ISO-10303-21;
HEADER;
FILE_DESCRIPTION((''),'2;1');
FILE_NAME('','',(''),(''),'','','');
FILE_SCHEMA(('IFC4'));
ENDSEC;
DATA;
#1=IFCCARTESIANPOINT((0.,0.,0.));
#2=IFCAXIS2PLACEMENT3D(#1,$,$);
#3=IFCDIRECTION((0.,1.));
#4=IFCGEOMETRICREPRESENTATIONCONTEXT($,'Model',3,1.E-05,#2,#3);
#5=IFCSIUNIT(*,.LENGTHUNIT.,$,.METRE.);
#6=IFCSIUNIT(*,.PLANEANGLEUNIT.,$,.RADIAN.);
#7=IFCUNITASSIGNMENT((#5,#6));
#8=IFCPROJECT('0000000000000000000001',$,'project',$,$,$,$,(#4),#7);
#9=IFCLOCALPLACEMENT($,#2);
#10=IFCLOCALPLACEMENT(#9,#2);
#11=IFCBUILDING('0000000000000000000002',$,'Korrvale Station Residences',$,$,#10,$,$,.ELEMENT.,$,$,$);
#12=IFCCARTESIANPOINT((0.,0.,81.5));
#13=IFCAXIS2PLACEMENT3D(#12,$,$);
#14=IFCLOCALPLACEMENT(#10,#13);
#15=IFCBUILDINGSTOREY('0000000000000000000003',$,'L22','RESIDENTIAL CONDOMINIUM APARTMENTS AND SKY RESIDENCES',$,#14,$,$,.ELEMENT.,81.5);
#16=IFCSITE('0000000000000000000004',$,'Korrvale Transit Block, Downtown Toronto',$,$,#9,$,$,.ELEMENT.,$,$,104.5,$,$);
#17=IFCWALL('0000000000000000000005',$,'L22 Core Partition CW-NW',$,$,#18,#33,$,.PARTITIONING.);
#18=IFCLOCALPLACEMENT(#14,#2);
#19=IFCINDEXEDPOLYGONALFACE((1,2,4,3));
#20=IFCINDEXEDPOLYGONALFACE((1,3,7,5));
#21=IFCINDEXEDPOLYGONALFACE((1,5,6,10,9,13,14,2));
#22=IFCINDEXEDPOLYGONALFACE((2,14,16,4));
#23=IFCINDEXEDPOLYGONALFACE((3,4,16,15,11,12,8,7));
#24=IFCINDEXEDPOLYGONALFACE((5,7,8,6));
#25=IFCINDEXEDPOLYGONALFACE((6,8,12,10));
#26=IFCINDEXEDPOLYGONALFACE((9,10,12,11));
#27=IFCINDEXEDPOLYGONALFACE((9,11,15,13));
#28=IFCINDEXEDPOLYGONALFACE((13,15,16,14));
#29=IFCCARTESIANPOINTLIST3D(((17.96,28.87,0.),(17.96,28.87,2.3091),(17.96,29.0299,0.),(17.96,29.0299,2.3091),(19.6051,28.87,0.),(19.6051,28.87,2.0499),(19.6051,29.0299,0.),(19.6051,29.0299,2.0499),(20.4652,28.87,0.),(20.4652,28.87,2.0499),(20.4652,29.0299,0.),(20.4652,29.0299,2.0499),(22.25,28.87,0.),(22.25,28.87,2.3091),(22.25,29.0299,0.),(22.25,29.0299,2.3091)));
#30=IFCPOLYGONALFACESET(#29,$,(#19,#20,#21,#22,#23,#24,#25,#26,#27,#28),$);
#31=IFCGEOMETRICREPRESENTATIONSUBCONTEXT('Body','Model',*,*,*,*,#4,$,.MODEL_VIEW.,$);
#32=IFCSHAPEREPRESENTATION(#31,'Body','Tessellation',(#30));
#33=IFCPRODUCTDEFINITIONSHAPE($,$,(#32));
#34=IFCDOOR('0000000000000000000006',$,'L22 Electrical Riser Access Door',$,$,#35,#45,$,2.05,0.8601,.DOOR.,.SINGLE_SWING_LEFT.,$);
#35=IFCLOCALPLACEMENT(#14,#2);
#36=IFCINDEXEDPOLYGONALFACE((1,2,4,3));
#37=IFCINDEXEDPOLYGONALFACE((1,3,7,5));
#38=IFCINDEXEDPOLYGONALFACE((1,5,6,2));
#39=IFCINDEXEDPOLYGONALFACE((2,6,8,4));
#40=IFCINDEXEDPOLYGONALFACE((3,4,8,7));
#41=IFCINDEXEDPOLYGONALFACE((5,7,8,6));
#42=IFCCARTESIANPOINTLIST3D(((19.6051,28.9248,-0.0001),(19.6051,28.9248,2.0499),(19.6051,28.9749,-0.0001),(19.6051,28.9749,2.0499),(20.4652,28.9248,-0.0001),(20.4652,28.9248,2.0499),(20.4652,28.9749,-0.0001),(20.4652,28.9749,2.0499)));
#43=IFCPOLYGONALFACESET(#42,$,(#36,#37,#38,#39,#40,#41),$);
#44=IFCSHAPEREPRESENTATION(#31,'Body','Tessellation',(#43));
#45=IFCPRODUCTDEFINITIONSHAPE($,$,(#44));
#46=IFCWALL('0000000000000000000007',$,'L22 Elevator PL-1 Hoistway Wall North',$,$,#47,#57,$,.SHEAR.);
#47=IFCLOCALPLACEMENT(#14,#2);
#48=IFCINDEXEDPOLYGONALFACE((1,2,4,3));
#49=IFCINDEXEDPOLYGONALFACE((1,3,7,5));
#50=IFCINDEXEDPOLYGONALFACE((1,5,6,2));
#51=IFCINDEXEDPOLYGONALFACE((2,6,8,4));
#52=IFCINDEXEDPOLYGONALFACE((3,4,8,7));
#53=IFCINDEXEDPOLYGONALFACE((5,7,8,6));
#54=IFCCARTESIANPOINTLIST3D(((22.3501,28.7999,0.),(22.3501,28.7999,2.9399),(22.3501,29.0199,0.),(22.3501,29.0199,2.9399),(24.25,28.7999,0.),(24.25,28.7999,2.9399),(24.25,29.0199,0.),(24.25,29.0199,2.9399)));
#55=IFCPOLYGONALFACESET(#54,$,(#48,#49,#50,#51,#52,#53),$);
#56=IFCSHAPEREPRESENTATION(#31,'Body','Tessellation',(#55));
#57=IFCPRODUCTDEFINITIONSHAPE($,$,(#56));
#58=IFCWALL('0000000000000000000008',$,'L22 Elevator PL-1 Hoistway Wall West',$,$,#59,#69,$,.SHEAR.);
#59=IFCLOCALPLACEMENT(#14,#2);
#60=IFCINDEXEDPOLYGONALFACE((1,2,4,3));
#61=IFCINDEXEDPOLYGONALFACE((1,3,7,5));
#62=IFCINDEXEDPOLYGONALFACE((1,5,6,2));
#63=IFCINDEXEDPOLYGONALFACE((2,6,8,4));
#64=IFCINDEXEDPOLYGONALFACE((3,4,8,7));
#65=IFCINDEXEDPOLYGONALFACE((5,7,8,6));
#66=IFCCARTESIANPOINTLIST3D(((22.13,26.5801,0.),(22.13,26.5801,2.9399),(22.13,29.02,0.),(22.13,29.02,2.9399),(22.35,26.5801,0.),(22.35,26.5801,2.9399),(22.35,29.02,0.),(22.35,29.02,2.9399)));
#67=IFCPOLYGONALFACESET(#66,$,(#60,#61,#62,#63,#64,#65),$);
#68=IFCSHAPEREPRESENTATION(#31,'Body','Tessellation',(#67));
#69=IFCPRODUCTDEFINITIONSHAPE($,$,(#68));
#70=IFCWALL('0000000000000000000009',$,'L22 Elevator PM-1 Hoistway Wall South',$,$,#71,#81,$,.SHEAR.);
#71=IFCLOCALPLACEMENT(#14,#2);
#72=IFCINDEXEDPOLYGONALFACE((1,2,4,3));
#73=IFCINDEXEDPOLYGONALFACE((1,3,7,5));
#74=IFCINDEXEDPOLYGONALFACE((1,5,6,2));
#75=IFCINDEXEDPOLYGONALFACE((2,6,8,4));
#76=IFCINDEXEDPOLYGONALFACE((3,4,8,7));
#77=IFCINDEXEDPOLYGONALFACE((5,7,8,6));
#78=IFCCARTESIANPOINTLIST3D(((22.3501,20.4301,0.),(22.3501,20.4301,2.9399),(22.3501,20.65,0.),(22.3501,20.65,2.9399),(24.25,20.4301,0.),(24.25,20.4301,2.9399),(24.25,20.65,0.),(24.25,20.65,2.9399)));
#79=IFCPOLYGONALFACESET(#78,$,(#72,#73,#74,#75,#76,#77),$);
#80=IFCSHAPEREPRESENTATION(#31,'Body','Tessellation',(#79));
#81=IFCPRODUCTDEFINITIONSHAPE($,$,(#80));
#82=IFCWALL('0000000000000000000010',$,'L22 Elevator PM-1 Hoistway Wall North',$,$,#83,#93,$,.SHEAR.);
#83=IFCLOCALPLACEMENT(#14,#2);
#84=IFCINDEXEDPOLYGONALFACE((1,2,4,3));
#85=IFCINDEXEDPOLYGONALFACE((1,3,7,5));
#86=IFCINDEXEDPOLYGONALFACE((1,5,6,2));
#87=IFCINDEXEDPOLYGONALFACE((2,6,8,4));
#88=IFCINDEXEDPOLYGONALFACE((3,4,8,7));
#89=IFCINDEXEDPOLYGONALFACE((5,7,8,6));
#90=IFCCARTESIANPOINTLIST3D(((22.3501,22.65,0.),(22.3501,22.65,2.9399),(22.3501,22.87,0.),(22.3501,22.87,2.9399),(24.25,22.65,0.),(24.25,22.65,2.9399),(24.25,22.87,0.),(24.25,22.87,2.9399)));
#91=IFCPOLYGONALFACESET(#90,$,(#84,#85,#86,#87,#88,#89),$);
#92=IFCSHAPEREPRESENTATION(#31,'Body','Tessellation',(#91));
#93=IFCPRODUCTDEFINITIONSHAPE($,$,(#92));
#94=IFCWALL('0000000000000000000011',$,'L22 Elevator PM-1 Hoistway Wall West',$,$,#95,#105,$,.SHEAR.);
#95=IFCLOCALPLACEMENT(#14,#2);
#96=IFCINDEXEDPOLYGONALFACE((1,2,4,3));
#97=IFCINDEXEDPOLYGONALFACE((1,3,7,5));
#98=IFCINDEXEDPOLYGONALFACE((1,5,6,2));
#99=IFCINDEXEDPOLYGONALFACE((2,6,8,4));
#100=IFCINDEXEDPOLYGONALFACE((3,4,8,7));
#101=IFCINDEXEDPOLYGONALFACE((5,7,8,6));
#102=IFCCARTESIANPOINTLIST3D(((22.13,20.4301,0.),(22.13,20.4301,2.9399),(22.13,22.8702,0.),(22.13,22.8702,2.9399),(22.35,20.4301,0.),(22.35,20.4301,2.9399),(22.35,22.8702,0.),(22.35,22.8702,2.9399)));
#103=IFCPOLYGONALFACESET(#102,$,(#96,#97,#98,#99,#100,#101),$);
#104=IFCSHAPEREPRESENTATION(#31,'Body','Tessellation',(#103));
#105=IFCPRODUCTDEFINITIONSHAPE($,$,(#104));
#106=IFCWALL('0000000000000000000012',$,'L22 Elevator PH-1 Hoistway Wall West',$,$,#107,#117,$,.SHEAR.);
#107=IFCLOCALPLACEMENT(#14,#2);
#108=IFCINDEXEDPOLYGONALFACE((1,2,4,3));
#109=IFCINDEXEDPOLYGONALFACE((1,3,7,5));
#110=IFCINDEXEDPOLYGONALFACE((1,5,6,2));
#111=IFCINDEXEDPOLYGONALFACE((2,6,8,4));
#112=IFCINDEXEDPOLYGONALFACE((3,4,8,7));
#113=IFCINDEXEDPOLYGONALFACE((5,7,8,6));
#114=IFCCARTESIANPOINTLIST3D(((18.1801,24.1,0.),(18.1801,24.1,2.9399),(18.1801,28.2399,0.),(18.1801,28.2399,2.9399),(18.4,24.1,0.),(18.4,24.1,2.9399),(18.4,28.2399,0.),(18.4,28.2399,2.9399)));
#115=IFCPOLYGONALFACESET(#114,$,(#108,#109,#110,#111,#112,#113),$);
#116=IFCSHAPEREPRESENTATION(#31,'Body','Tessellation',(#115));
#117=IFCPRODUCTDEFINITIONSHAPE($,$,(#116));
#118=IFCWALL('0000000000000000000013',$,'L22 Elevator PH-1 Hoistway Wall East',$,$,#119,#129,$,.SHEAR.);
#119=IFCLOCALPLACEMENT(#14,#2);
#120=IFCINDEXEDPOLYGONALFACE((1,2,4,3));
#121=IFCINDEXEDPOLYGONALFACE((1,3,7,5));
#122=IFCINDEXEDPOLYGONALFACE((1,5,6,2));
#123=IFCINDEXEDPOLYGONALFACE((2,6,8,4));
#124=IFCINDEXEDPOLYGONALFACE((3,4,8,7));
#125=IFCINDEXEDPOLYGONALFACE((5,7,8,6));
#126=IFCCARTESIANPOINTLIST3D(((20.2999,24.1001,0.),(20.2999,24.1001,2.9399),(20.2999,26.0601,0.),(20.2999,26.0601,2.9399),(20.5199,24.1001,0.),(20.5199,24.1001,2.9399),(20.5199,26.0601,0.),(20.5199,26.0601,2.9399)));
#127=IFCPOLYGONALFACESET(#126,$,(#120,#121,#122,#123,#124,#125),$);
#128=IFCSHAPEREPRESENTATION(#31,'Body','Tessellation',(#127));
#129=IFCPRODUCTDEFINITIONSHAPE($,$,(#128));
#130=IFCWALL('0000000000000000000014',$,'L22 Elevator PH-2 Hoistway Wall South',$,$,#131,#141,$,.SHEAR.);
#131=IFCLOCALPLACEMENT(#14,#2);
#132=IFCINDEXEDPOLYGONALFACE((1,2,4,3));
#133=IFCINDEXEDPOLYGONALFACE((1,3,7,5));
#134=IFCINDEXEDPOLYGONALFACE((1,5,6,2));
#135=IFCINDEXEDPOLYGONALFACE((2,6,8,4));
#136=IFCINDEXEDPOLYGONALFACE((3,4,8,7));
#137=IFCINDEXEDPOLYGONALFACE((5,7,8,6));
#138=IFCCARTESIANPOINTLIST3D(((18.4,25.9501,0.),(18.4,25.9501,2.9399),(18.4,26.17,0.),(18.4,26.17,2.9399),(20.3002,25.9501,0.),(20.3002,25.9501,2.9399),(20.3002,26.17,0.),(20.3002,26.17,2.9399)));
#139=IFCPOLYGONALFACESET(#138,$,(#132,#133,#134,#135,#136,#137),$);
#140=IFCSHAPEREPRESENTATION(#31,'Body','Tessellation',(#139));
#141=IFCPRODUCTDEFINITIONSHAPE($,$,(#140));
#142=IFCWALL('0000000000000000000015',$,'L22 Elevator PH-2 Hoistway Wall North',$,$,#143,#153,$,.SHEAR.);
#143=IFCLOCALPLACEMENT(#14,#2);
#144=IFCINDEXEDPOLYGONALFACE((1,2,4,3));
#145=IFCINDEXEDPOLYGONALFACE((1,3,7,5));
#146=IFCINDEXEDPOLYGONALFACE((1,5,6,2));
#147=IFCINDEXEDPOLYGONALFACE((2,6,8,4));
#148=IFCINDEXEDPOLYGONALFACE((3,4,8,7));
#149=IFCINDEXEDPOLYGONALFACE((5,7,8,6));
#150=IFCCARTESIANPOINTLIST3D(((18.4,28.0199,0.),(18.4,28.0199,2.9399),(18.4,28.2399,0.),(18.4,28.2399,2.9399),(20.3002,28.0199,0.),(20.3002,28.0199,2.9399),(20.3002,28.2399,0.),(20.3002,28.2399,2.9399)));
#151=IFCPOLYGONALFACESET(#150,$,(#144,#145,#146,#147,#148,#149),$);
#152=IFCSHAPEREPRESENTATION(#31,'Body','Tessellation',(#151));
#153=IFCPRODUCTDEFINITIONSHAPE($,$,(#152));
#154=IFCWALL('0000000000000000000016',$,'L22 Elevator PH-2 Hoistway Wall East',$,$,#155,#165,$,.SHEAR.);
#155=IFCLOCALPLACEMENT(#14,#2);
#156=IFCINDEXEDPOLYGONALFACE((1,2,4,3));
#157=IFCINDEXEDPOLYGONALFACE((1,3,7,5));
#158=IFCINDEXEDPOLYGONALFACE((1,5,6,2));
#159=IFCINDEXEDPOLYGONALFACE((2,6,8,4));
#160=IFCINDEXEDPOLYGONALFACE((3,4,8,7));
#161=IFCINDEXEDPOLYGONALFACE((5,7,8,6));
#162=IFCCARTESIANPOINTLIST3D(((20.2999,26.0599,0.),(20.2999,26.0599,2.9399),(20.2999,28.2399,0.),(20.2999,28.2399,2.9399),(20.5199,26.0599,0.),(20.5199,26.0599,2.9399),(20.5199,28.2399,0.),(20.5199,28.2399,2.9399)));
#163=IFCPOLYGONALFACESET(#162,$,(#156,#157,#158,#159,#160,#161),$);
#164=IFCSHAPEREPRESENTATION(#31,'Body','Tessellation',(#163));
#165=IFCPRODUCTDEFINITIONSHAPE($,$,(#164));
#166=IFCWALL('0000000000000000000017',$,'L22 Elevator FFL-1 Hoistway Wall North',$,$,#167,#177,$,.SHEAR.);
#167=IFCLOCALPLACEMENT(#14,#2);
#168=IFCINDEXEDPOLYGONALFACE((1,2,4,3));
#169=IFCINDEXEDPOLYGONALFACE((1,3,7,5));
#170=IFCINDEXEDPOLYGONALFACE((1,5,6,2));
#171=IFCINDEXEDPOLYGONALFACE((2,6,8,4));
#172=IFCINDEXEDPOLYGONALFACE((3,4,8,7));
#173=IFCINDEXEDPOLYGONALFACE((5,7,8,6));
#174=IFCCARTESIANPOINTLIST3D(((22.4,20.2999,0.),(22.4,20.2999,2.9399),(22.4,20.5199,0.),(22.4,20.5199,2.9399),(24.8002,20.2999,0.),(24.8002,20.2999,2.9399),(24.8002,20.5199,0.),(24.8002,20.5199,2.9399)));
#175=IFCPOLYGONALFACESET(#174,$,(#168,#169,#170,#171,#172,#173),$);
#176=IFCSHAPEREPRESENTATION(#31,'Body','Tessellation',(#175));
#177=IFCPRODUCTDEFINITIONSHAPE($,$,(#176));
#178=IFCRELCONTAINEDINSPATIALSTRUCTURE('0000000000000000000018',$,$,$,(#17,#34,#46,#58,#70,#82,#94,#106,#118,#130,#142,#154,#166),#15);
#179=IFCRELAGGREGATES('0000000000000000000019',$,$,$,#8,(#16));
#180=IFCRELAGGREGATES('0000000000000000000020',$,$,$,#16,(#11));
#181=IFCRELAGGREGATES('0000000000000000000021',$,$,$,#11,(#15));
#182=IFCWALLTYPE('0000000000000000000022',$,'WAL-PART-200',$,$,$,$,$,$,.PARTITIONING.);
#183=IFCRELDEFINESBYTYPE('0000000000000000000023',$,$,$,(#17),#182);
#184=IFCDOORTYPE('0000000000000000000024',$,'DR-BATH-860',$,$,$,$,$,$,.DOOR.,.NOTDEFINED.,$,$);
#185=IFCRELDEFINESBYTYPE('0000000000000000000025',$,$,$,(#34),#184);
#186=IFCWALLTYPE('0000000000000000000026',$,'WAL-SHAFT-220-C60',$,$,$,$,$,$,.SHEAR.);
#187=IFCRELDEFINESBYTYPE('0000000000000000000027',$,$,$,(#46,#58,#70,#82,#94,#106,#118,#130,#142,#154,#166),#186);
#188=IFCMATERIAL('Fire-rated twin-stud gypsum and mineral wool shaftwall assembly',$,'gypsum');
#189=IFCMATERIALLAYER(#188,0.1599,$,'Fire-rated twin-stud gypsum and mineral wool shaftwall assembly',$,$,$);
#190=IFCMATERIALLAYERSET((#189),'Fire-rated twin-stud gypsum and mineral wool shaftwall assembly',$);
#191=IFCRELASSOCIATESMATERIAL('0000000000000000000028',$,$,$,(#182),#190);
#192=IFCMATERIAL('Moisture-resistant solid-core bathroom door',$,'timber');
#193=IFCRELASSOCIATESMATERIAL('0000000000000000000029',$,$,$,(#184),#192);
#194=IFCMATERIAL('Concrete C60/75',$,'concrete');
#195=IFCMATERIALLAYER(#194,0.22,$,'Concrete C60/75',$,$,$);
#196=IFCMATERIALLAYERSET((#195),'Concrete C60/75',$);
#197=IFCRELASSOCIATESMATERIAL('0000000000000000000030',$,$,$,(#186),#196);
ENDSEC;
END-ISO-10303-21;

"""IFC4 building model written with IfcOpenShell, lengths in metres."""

from ifc_helpers import new_model, si_unit, direction, frame, frame_2d, origin, place, context, subcontext, project, spatial, rectangle, extrude, material, layer, layer_set, type_object, element, fill, save


model = new_model("IFC4")

# Units and contexts
model_context = context("Model", 3, precision=1e-05, world=origin(), true_north=direction((0.0, 1.0)))
body_context = subcontext(model_context, "Body", "Model", "MODEL_VIEW")
ifc_project = project(units=[si_unit("LENGTHUNIT", "METRE"), si_unit("PLANEANGLEUNIT", "RADIAN")], contexts=[model_context])

# Site, building, storey
site_placement = place(None, origin())
site = spatial("IfcSite", under=ifc_project, at=site_placement, Name="Korrvale Transit Block, Downtown Toronto", CompositionType="ELEMENT", RefElevation=104.5)
building_placement = place(site_placement, origin())
building = spatial("IfcBuilding", under=site, at=building_placement, Name="Korrvale Station Residences", CompositionType="ELEMENT")
storey_placement = place(building_placement, frame((0.0, 0.0, 81.5)))
storey = spatial("IfcBuildingStorey", under=building, at=storey_placement, Name="L22", Description="RESIDENTIAL CONDOMINIUM APARTMENTS AND SKY RESIDENCES", CompositionType="ELEMENT", Elevation=81.5)

# Shared definitions
ifc_material_1 = material(Name="Concrete C60/75", Category="concrete")

# Shared definitions
ifc_material_2 = material(Name="Fire-rated twin-stud gypsum and mineral wool shaftwall assembly", Category="gypsum")
ifc_layer_1 = layer(ifc_material_2, 0.1599, Name="Fire-rated twin-stud gypsum and mineral wool shaftwall assembly")
ifc_layer_set_1 = layer_set([ifc_layer_1], Name="Fire-rated twin-stud gypsum and mineral wool shaftwall assembly")
wall_type_1 = type_object("IfcWallType", Name="WAL-PART-200", PredefinedType="PARTITIONING", material=ifc_layer_set_1)

# Wall, opening, door
wall_1_placement = place(storey_placement, frame((17.96, 28.95, 0.0), z_axis=(0.0, 0.0, 1.0), x_axis=(1.0, 0.0, 0.0)))
wall_1 = element("IfcWall", 1, at=wall_1_placement, inside=storey, type_object=wall_type_1, Name="L22 Core Partition CW-NW", PredefinedType="PARTITIONING", context=body_context, shape_type="SweptSolid", body=[
    extrude(rectangle(XDim=4.29, YDim=0.1599, at=frame_2d((2.145, 0.0))), origin(), (0.0, 0.0, 1.0), 2.3091),
])
opening_1_placement = place(wall_1_placement, frame((1.645, 0.0, 0.0)))
opening_1 = element("IfcOpeningElement", 2, at=opening_1_placement, cuts=wall_1, PredefinedType="OPENING", context=body_context, shape_type="SweptSolid", body=[
    extrude(rectangle(XDim=0.8601, YDim=2.05, at=frame_2d((0.4302, 1.0249))), frame((0.0, 0.0898, 0.0), z_axis=(0.0, -1.0, 0.0), x_axis=(1.0, 0.0, 0.0)), (0.0, 0.0, 1.0), 0.1799),
])
ifc_material_3 = material(Name="Moisture-resistant solid-core bathroom door", Category="timber")
door_type_1 = type_object("IfcDoorType", Name="DR-BATH-860", OperationType="NOTDEFINED", PredefinedType="DOOR", material=ifc_material_3)
door_1_placement = place(opening_1_placement, origin())
door_1 = element("IfcDoor", 3, at=door_1_placement, inside=storey, type_object=door_type_1, Name="L22 Electrical Riser Access Door", OperationType="SINGLE_SWING_LEFT", OverallHeight=2.05, OverallWidth=0.8601, PredefinedType="DOOR", context=body_context, shape_type="SweptSolid", body=[
    extrude(rectangle(XDim=0.8601, YDim=2.05, at=frame_2d((0.4302, 1.0249))), frame((0.0, 0.0249, 0.0), z_axis=(0.0, -1.0, 0.0), x_axis=(1.0, 0.0, 0.0)), (0.0, 0.0, 1.0), 0.05),
])
fill(opening_1, door_1)
ifc_layer_2 = layer(ifc_material_1, 0.22, Name="Concrete C60/75")
ifc_layer_set_2 = layer_set([ifc_layer_2], Name="Concrete C60/75")
wall_type_2 = type_object("IfcWallType", Name="WAL-SHAFT-220-C60", PredefinedType="SHEAR", material=ifc_layer_set_2)

# Walls
wall_2_placement = place(storey_placement, frame((22.3501, 28.9099, 0.0), z_axis=(0.0, 0.0, 1.0), x_axis=(1.0, 0.0, 0.0)))
element("IfcWall", 4, at=wall_2_placement, inside=storey, type_object=wall_type_2, Name="L22 Elevator PL-1 Hoistway Wall North", PredefinedType="SHEAR", context=body_context, shape_type="SweptSolid", body=[
    extrude(rectangle(XDim=1.8999, YDim=0.22, at=frame_2d((0.95, 0.0))), origin(), (0.0, 0.0, 1.0), 2.9399),
])
wall_3_placement = place(storey_placement, frame((22.24, 26.5801, 0.0), z_axis=(0.0, 0.0, 1.0), x_axis=(0.0, 1.0, 0.0)))
element("IfcWall", 5, at=wall_3_placement, inside=storey, type_object=wall_type_2, Name="L22 Elevator PL-1 Hoistway Wall West", PredefinedType="SHEAR", context=body_context, shape_type="SweptSolid", body=[
    extrude(rectangle(XDim=2.4399, YDim=0.22, at=frame_2d((1.22, 0.0))), origin(), (0.0, 0.0, 1.0), 2.9399),
])
for number, where, z_axis, x_axis, name in (
    (6, (22.3501, 20.54, 0.0), (0.0, 0.0, 1.0), (1.0, 0.0, 0.0), "L22 Elevator PM-1 Hoistway Wall South"),
    (7, (22.3501, 22.76, 0.0), (0.0, 0.0, 1.0), (1.0, 0.0, 0.0), "L22 Elevator PM-1 Hoistway Wall North"),
):
    element("IfcWall", number, at=place(storey_placement, frame(where, z_axis=z_axis, x_axis=x_axis)), inside=storey, type_object=wall_type_2, Name=name, PredefinedType="SHEAR", context=body_context, shape_type="SweptSolid", body=[
        extrude(rectangle(XDim=1.8999, YDim=0.22, at=frame_2d((0.95, 0.0))), origin(), (0.0, 0.0, 1.0), 2.9399),
    ])
wall_4_placement = place(storey_placement, frame((22.24, 20.4299, 0.0), z_axis=(0.0, 0.0, 1.0), x_axis=(0.0, 1.0, 0.0)))
element("IfcWall", 8, at=wall_4_placement, inside=storey, type_object=wall_type_2, Name="L22 Elevator PM-1 Hoistway Wall West", PredefinedType="SHEAR", context=body_context, shape_type="SweptSolid", body=[
    extrude(rectangle(XDim=2.4402, YDim=0.22, at=frame_2d((1.2202, 0.0))), origin(), (0.0, 0.0, 1.0), 2.9399),
])
wall_5_placement = place(storey_placement, frame((18.29, 24.1001, 0.0), z_axis=(0.0, 0.0, 1.0), x_axis=(0.0, 1.0, 0.0)))
element("IfcWall", 9, at=wall_5_placement, inside=storey, type_object=wall_type_2, Name="L22 Elevator PH-1 Hoistway Wall West", PredefinedType="SHEAR", context=body_context, shape_type="SweptSolid", body=[
    extrude(rectangle(XDim=4.1399, YDim=0.22, at=frame_2d((2.0698, 0.0))), origin(), (0.0, 0.0, 1.0), 2.9399),
])
wall_6_placement = place(storey_placement, frame((20.4099, 24.1001, 0.0), z_axis=(0.0, 0.0, 1.0), x_axis=(0.0, 1.0, 0.0)))
element("IfcWall", 10, at=wall_6_placement, inside=storey, type_object=wall_type_2, Name="L22 Elevator PH-1 Hoistway Wall East", PredefinedType="SHEAR", context=body_context, shape_type="SweptSolid", body=[
    extrude(rectangle(XDim=1.96, YDim=0.22, at=frame_2d((0.98, 0.0))), origin(), (0.0, 0.0, 1.0), 2.9399),
])
for number, where, z_axis, x_axis, name in (
    (11, (18.3999, 26.0601, 0.0), (0.0, 0.0, 1.0), (1.0, 0.0, 0.0), "L22 Elevator PH-2 Hoistway Wall South"),
    (12, (18.3999, 28.1299, 0.0), (0.0, 0.0, 1.0), (1.0, 0.0, 0.0), "L22 Elevator PH-2 Hoistway Wall North"),
):
    element("IfcWall", number, at=place(storey_placement, frame(where, z_axis=z_axis, x_axis=x_axis)), inside=storey, type_object=wall_type_2, Name=name, PredefinedType="SHEAR", context=body_context, shape_type="SweptSolid", body=[
        extrude(rectangle(XDim=1.9001, YDim=0.22, at=frame_2d((0.9502, 0.0))), origin(), (0.0, 0.0, 1.0), 2.9399),
    ])
wall_7_placement = place(storey_placement, frame((20.4099, 26.0601, 0.0), z_axis=(0.0, 0.0, 1.0), x_axis=(0.0, 1.0, 0.0)))
element("IfcWall", 13, at=wall_7_placement, inside=storey, type_object=wall_type_2, Name="L22 Elevator PH-2 Hoistway Wall East", PredefinedType="SHEAR", context=body_context, shape_type="SweptSolid", body=[
    extrude(rectangle(XDim=2.1799, YDim=0.22, at=frame_2d((1.0898, 0.0))), origin(), (0.0, 0.0, 1.0), 2.9399),
])
wall_8_placement = place(storey_placement, frame((22.3999, 20.4099, 0.0), z_axis=(0.0, 0.0, 1.0), x_axis=(1.0, 0.0, 0.0)))
element("IfcWall", 14, at=wall_8_placement, inside=storey, type_object=wall_type_2, Name="L22 Elevator FFL-1 Hoistway Wall North", PredefinedType="SHEAR", context=body_context, shape_type="SweptSolid", body=[
    extrude(rectangle(XDim=2.4001, YDim=0.22, at=frame_2d((1.2002, 0.0))), origin(), (0.0, 0.0, 1.0), 2.9399),
])

save(model, "model.ifc")
